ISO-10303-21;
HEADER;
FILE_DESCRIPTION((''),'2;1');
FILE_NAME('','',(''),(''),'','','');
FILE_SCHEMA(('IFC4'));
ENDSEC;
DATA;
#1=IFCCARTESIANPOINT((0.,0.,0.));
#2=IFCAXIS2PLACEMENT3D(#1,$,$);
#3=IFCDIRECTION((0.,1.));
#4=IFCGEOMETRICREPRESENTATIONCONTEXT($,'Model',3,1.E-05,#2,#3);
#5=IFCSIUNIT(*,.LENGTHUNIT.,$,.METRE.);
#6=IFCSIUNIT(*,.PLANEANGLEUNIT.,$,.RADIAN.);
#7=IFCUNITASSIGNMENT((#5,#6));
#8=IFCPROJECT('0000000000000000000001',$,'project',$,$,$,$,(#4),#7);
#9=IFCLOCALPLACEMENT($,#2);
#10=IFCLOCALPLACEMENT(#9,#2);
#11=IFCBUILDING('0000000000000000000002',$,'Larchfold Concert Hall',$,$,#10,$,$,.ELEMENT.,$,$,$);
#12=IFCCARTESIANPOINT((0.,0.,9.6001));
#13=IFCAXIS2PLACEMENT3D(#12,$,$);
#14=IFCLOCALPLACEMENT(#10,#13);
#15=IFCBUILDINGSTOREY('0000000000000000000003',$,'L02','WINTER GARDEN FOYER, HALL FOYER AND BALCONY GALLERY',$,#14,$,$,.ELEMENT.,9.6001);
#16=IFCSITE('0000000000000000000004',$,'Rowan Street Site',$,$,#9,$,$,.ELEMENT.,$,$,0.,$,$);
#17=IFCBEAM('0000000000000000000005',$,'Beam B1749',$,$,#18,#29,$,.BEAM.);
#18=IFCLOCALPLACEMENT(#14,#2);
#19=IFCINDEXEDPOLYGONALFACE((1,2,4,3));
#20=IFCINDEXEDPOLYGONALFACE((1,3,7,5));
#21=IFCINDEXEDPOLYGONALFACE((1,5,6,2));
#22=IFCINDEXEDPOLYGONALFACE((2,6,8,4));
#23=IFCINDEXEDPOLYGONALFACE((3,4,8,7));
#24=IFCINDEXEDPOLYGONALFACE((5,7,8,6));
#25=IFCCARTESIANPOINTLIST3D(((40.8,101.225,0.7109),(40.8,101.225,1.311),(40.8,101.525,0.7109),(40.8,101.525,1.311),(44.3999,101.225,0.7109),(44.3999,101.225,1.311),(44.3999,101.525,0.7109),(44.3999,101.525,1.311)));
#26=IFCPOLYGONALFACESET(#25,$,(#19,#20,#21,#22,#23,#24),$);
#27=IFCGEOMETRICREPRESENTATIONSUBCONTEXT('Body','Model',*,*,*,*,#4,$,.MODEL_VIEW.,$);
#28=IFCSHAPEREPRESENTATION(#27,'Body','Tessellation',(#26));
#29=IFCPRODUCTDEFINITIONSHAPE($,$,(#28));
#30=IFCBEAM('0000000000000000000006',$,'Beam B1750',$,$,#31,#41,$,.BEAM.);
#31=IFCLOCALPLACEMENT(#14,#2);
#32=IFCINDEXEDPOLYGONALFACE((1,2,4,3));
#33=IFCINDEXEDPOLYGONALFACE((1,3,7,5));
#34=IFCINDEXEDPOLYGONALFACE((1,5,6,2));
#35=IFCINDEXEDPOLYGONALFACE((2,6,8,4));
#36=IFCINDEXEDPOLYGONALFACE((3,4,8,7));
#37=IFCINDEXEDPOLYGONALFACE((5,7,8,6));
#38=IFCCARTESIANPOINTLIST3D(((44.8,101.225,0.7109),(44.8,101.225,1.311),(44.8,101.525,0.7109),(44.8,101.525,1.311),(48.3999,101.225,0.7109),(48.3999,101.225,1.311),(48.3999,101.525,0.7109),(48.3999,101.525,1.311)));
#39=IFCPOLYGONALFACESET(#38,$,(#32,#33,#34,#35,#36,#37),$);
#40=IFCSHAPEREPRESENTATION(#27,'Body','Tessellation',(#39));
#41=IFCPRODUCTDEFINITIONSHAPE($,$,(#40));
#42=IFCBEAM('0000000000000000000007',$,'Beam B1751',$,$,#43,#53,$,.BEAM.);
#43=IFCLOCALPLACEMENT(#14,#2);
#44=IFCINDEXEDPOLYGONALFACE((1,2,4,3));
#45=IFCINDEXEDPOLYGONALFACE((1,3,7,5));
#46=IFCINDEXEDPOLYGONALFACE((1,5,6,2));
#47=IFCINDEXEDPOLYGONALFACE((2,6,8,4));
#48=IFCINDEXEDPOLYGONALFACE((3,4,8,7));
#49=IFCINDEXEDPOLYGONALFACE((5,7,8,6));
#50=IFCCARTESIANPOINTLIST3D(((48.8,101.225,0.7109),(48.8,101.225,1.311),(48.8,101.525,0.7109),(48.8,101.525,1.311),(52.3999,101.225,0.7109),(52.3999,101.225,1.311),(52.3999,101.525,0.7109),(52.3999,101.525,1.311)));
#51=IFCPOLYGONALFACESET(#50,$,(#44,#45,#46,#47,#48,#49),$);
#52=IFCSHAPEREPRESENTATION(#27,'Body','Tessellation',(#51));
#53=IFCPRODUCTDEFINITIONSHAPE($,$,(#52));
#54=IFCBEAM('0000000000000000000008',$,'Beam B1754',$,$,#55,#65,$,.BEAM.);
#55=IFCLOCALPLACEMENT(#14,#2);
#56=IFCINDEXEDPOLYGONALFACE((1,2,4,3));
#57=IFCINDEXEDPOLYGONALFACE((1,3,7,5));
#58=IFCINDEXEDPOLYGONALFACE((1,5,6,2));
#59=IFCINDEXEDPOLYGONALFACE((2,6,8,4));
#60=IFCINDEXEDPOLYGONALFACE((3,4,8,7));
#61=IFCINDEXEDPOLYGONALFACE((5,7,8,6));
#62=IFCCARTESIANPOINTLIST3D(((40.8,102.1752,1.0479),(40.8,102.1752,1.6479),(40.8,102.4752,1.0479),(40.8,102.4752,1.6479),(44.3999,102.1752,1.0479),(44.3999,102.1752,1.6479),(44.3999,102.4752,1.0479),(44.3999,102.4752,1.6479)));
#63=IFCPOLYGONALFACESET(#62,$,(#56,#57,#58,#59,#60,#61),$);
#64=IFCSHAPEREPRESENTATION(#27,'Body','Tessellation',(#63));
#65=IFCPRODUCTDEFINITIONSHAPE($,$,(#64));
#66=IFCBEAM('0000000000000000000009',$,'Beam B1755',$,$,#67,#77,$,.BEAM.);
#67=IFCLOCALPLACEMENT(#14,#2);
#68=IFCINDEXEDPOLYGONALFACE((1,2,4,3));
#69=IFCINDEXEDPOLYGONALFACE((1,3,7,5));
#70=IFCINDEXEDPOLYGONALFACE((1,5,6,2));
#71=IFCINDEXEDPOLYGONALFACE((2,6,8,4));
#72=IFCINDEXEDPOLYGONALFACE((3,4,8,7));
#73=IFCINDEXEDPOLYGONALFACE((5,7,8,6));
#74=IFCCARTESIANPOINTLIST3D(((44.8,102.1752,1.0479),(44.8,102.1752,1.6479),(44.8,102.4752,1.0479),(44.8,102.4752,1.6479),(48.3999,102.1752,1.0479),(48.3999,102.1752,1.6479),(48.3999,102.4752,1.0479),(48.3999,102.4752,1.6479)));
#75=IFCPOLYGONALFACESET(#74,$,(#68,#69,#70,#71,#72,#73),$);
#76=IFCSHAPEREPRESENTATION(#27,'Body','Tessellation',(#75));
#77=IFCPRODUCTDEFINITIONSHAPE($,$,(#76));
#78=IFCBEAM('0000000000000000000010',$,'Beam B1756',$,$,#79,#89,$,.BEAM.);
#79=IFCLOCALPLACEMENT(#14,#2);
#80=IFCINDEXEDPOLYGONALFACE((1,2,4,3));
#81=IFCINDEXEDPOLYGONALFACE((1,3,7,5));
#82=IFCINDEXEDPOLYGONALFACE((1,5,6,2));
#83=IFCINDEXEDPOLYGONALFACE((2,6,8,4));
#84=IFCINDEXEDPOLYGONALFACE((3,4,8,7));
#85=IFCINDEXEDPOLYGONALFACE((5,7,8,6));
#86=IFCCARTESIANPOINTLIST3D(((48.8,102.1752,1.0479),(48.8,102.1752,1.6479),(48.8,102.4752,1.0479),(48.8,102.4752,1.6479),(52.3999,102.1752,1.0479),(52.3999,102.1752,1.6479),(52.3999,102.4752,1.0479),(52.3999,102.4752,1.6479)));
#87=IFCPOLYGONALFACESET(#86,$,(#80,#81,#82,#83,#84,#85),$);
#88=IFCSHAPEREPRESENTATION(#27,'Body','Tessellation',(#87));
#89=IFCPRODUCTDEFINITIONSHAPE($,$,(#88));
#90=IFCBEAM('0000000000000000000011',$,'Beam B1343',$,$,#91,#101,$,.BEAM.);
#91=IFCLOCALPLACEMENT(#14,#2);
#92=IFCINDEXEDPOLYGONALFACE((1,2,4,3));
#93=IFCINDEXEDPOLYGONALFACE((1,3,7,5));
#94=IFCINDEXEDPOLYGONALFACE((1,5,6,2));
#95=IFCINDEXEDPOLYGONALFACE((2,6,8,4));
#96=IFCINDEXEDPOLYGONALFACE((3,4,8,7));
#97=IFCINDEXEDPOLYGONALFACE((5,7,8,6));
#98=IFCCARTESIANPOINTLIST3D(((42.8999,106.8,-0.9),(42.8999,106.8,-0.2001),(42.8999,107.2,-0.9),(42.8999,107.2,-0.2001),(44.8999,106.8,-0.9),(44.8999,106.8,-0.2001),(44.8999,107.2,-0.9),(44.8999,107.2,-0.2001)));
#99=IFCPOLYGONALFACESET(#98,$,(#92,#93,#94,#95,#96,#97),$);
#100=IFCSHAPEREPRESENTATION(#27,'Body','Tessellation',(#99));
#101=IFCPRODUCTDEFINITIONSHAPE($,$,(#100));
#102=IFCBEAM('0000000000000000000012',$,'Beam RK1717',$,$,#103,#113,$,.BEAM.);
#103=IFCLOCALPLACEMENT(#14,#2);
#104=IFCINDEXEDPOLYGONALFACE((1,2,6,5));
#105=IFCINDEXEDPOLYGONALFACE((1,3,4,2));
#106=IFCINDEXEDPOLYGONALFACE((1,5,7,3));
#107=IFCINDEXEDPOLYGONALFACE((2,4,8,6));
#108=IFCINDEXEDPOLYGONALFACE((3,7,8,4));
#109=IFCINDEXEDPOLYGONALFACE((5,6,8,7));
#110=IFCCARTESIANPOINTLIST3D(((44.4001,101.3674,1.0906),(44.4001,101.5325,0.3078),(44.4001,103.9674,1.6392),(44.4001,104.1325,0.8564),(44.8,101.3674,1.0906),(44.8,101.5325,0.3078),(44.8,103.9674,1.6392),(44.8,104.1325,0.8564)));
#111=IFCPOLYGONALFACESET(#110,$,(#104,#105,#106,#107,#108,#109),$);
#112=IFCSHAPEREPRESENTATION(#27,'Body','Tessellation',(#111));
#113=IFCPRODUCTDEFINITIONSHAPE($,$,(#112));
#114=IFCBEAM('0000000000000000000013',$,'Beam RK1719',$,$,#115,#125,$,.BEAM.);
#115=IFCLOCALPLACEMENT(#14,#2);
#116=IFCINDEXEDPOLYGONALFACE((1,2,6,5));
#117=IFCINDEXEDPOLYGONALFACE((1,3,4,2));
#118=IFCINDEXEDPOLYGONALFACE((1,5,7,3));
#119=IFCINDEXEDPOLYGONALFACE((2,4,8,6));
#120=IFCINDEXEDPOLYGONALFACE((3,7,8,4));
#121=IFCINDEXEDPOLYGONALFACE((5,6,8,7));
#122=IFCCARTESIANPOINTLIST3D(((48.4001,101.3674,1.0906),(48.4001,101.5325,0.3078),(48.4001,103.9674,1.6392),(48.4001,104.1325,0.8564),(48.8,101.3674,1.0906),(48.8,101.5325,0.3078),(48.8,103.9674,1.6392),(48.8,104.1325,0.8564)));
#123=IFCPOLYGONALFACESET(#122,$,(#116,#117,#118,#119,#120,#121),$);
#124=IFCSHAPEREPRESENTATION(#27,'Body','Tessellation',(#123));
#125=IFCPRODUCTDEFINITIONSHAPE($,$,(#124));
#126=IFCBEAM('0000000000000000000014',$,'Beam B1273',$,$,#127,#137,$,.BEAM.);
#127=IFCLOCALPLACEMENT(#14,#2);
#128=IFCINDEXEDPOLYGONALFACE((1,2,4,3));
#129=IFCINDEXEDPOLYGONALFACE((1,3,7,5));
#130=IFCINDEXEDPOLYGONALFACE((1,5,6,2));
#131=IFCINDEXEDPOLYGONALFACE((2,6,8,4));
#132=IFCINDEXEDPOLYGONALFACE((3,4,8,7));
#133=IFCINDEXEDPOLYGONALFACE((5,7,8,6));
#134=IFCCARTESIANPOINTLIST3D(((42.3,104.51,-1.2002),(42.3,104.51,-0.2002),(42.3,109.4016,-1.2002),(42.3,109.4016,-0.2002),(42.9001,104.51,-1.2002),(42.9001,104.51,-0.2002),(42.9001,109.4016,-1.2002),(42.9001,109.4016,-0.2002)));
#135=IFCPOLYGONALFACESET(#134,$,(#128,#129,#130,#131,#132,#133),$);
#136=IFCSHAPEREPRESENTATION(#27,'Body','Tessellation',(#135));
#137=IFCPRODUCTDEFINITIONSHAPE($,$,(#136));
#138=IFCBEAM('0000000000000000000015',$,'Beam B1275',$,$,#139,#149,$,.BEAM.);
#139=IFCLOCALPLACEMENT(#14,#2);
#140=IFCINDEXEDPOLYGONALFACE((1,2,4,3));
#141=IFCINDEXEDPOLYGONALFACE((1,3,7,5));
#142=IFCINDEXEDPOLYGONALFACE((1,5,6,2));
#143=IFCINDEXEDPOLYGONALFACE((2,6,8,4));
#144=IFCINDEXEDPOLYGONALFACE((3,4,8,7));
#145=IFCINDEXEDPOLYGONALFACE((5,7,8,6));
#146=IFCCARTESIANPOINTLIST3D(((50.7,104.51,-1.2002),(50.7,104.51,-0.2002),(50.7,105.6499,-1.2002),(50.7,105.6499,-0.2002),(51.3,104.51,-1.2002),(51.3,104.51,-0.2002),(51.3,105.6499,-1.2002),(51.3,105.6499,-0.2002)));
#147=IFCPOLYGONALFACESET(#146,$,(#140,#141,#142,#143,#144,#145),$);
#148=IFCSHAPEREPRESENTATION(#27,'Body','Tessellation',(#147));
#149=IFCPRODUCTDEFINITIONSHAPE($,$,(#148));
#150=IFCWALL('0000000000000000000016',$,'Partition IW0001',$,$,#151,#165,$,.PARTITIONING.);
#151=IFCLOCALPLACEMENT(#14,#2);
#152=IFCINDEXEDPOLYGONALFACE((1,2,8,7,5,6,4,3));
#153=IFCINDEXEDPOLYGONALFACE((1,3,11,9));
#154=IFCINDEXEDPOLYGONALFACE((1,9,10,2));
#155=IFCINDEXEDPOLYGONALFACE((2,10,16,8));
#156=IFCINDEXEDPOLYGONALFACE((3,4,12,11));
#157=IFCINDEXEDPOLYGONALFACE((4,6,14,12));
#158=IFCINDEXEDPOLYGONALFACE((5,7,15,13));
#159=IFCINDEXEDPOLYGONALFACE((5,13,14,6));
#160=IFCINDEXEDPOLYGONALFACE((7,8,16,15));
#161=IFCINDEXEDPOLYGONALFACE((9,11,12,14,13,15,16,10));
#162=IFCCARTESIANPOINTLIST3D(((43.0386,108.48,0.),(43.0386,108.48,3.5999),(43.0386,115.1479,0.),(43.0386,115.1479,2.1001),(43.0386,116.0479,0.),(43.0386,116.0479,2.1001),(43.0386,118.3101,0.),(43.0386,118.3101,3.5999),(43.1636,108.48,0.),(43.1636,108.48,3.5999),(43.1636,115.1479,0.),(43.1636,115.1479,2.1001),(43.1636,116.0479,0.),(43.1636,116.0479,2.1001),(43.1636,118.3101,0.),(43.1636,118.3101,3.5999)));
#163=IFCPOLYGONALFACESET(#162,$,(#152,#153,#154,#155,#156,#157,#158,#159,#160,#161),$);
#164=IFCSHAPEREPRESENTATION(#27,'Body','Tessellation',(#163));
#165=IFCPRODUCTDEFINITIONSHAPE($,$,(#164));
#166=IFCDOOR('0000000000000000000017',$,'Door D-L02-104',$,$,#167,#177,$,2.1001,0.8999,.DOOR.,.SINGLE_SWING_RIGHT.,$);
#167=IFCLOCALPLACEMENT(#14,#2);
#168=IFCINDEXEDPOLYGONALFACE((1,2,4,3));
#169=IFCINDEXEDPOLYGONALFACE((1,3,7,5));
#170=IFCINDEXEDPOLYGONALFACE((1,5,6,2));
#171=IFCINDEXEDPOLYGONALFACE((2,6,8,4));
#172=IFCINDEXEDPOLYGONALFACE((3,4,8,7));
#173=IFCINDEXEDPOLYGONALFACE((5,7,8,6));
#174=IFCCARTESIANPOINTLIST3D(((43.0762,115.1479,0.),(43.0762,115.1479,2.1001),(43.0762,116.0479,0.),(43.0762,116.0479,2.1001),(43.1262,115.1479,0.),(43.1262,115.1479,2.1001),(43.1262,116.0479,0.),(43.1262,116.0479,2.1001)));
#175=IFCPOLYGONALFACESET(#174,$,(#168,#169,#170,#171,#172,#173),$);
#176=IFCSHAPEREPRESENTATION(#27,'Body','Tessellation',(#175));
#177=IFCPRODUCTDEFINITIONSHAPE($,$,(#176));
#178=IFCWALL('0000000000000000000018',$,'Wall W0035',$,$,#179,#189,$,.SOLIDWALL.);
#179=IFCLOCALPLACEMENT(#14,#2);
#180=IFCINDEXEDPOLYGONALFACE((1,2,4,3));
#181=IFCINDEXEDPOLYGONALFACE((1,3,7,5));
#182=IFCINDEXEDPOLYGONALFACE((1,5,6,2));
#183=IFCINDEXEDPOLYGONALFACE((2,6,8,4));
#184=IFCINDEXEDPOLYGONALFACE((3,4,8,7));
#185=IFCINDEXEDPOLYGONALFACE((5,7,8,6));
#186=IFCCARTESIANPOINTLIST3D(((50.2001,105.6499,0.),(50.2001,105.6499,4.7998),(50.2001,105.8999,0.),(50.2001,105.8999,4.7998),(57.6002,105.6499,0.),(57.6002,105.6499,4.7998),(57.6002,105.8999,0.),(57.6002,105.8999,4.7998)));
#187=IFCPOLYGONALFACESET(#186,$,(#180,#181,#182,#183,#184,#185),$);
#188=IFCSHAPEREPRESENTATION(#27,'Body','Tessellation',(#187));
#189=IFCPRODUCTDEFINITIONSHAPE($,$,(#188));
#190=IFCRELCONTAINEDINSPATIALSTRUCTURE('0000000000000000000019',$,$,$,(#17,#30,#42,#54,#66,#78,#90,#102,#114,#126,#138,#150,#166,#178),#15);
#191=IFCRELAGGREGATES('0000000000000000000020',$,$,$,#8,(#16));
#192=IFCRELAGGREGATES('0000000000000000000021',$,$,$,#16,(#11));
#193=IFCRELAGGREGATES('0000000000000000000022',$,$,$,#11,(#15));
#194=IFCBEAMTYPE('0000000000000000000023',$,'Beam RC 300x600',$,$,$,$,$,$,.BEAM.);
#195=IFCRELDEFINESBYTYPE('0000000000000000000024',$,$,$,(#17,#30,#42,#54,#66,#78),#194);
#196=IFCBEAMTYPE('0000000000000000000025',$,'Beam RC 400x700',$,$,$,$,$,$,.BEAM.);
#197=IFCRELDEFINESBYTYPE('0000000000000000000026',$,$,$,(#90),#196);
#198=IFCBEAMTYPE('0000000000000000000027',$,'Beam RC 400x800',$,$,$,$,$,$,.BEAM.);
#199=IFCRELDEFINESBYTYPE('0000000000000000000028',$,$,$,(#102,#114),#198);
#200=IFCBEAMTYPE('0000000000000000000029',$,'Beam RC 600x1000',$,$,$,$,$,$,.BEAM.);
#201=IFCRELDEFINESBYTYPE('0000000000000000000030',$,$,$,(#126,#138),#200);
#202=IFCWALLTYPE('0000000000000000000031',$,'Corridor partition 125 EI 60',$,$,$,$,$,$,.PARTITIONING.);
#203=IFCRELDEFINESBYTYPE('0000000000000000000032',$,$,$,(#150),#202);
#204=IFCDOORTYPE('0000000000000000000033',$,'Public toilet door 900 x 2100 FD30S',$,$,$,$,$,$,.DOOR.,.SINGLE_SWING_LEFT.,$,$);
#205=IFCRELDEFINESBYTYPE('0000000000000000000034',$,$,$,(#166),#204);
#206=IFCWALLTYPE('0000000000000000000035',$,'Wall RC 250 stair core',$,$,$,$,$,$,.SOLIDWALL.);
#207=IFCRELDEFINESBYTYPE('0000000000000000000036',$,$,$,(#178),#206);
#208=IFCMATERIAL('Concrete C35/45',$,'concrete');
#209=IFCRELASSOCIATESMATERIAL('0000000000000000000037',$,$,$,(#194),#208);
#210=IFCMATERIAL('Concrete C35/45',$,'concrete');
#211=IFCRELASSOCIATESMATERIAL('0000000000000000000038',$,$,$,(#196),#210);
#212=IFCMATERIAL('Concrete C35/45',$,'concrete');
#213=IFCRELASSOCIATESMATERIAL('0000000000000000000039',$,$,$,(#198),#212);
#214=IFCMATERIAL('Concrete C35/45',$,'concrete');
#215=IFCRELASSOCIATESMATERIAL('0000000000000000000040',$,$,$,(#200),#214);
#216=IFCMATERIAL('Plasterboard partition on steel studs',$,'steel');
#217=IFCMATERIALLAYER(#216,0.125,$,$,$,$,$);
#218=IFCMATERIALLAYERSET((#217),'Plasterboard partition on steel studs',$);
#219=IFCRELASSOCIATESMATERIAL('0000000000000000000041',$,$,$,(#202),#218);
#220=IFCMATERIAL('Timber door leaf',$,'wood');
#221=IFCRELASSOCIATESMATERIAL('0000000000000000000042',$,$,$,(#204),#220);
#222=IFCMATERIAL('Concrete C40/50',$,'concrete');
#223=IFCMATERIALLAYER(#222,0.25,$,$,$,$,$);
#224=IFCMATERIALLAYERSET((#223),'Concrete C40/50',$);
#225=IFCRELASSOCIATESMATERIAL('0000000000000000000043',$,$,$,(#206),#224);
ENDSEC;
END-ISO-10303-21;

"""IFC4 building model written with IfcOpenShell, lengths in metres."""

from ifc_helpers import new_model, si_unit, direction, frame, frame_2d, origin, origin_2d, place, context, subcontext, project, spatial, rectangle, extrude, material, layer, layer_set, material_profile, profile_set, type_object, element, fill, save


model = new_model("IFC4")

# Units and contexts
model_context = context("Model", 3, precision=1e-05, world=origin(), true_north=direction((0.0, 1.0)))
body_context = subcontext(model_context, "Body", "Model", "MODEL_VIEW")
ifc_project = project(units=[si_unit("LENGTHUNIT", "METRE"), si_unit("PLANEANGLEUNIT", "RADIAN")], contexts=[model_context])

# Site, building, storey
site_placement = place(None, origin())
site = spatial("IfcSite", under=ifc_project, at=site_placement, Name="Rowan Street Site", CompositionType="ELEMENT", RefElevation=0.0)
building_placement = place(site_placement, origin())
building = spatial("IfcBuilding", under=site, at=building_placement, Name="Larchfold Concert Hall", CompositionType="ELEMENT")
storey_placement = place(building_placement, frame((0.0, 0.0, 9.6001)))
storey = spatial("IfcBuildingStorey", under=building, at=storey_placement, Name="L02", Description="WINTER GARDEN FOYER, HALL FOYER AND BALCONY GALLERY", CompositionType="ELEMENT", Elevation=9.6001)

# Beams
ifc_material_1 = material(Name="Concrete C35/45", Category="concrete")
ifc_material_profile_1 = material_profile(ifc_material_1, rectangle(XDim=0.3, YDim=0.6001, at=origin_2d()))
ifc_profile_set_1 = profile_set([ifc_material_profile_1], Name="Concrete C35/45")
beam_type_1 = type_object("IfcBeamType", Name="Beam RC 300x600", PredefinedType="BEAM", material=ifc_profile_set_1)
for number, where, z_axis, x_axis, name in (
    (1, (40.8, 101.375, 1.011), (1.0, 0.0, 0.0), (0.0, 1.0, 0.0), "Beam B1749"),
    (2, (44.8, 101.375, 1.011), (1.0, 0.0, 0.0), (0.0, 1.0, 0.0), "Beam B1750"),
    (3, (48.8, 101.375, 1.011), (1.0, 0.0, 0.0), (0.0, 1.0, 0.0), "Beam B1751"),
    (4, (40.8, 102.3252, 1.3479), (1.0, 0.0, 0.0), (0.0, 1.0, 0.0), "Beam B1754"),
    (5, (44.8, 102.3252, 1.3479), (1.0, 0.0, 0.0), (0.0, 1.0, 0.0), "Beam B1755"),
    (6, (48.8, 102.3252, 1.3479), (1.0, 0.0, 0.0), (0.0, 1.0, 0.0), "Beam B1756"),
):
    element("IfcBeam", number, at=place(storey_placement, frame(where, z_axis=z_axis, x_axis=x_axis)), inside=storey, type_object=beam_type_1, Name=name, PredefinedType="BEAM", context=body_context, shape_type="SweptSolid", body=[
        extrude(rectangle(XDim=0.3, YDim=0.6001, at=origin_2d()), origin(), (0.0, 0.0, 1.0), 3.5999),
    ])
ifc_material_2 = material(Name="Concrete C35/45", Category="concrete")
ifc_material_profile_2 = material_profile(ifc_material_2, rectangle(XDim=0.3999, YDim=0.7, at=origin_2d()))
ifc_profile_set_2 = profile_set([ifc_material_profile_2], Name="Concrete C35/45")
beam_type_2 = type_object("IfcBeamType", Name="Beam RC 400x700", PredefinedType="BEAM", material=ifc_profile_set_2)
beam_1_placement = place(storey_placement, frame((42.8999, 107.0, -0.55), z_axis=(1.0, 0.0, 0.0), x_axis=(0.0, 1.0, 0.0)))
element("IfcBeam", 7, at=beam_1_placement, inside=storey, type_object=beam_type_2, Name="Beam B1343", PredefinedType="BEAM", context=body_context, shape_type="SweptSolid", body=[
    extrude(rectangle(XDim=0.3999, YDim=0.7, at=origin_2d()), origin(), (0.0, 0.0, 1.0), 2.0),
])
ifc_material_3 = material(Name="Concrete C35/45", Category="concrete")
ifc_material_profile_3 = material_profile(ifc_material_3, rectangle(XDim=0.3999, YDim=0.8, at=origin_2d()))
ifc_profile_set_3 = profile_set([ifc_material_profile_3], Name="Concrete C35/45")
beam_type_3 = type_object("IfcBeamType", Name="Beam RC 400x800", PredefinedType="BEAM", material=ifc_profile_set_3)
for number, where, z_axis, x_axis, name in (
    (8, (44.6001, 101.45, 0.6992), (0.0, 0.978459, 0.206441), (-1.0, 0.0, 0.0), "Beam RK1717"),
    (9, (48.6001, 101.45, 0.6992), (0.0, 0.978459, 0.206441), (-1.0, 0.0, 0.0), "Beam RK1719"),
):
    element("IfcBeam", number, at=place(storey_placement, frame(where, z_axis=z_axis, x_axis=x_axis)), inside=storey, type_object=beam_type_3, Name=name, PredefinedType="BEAM", context=body_context, shape_type="SweptSolid", body=[
        extrude(rectangle(XDim=0.3999, YDim=0.8, at=origin_2d()), origin(), (0.0, 0.0, 1.0), 2.6572),
    ])
ifc_material_4 = material(Name="Concrete C35/45", Category="concrete")
ifc_material_profile_4 = material_profile(ifc_material_4, rectangle(XDim=0.6001, YDim=1.0, at=origin_2d()))
ifc_profile_set_4 = profile_set([ifc_material_profile_4], Name="Concrete C35/45")
beam_type_4 = type_object("IfcBeamType", Name="Beam RC 600x1000", PredefinedType="BEAM", material=ifc_profile_set_4)
beam_2_placement = place(storey_placement, frame((42.6001, 104.51, -0.7002), z_axis=(0.0, 1.0, 0.0), x_axis=(-1.0, 0.0, 0.0)))
element("IfcBeam", 10, at=beam_2_placement, inside=storey, type_object=beam_type_4, Name="Beam B1273", PredefinedType="BEAM", context=body_context, shape_type="SweptSolid", body=[
    extrude(rectangle(XDim=0.6001, YDim=1.0, at=origin_2d()), origin(), (0.0, 0.0, 1.0), 4.8916),
])
beam_3_placement = place(storey_placement, frame((51.0, 104.51, -0.7002), z_axis=(0.0, 1.0, 0.0), x_axis=(-1.0, 0.0, 0.0)))
element("IfcBeam", 11, at=beam_3_placement, inside=storey, type_object=beam_type_4, Name="Beam B1275", PredefinedType="BEAM", context=body_context, shape_type="SweptSolid", body=[
    extrude(rectangle(XDim=0.6001, YDim=1.0, at=origin_2d()), origin(), (0.0, 0.0, 1.0), 1.1399),
])

# Wall, opening, door
ifc_material_5 = material(Name="Plasterboard partition on steel studs", Category="steel")
ifc_layer_1 = layer(ifc_material_5, 0.125)
ifc_layer_set_1 = layer_set([ifc_layer_1], Name="Plasterboard partition on steel studs")
wall_type_1 = type_object("IfcWallType", Name="Corridor partition 125 EI 60", PredefinedType="PARTITIONING", material=ifc_layer_set_1)
wall_1_placement = place(storey_placement, frame((43.1011, 108.48, 0.0), z_axis=(0.0, 0.0, 1.0), x_axis=(0.0, 1.0, 0.0)))
wall_1 = element("IfcWall", 12, at=wall_1_placement, inside=storey, type_object=wall_type_1, Name="Partition IW0001", PredefinedType="PARTITIONING", context=body_context, shape_type="SweptSolid", body=[
    extrude(rectangle(XDim=9.8301, YDim=0.125, at=frame_2d((4.915, 0.0))), origin(), (0.0, 0.0, 1.0), 3.5999),
])
opening_1_placement = place(wall_1_placement, frame((6.668, 0.0, 0.0)))
opening_1 = element("IfcOpeningElement", 13, at=opening_1_placement, cuts=wall_1, PredefinedType="OPENING", context=body_context, shape_type="SweptSolid", body=[
    extrude(rectangle(XDim=0.8999, YDim=2.1001, at=frame_2d((0.45, 1.05))), frame((0.0, 0.0725, 0.0), z_axis=(0.0, -1.0, 0.0), x_axis=(1.0, 0.0, 0.0)), (0.0, 0.0, 1.0), 0.145),
])
ifc_material_6 = material(Name="Timber door leaf", Category="wood")
door_type_1 = type_object("IfcDoorType", Name="Public toilet door 900 x 2100 FD30S", OperationType="SINGLE_SWING_LEFT", PredefinedType="DOOR", material=ifc_material_6)
door_1_placement = place(opening_1_placement, origin())
door_1 = element("IfcDoor", 14, at=door_1_placement, inside=storey, type_object=door_type_1, Name="Door D-L02-104", OperationType="SINGLE_SWING_RIGHT", OverallHeight=2.1001, OverallWidth=0.8999, PredefinedType="DOOR", context=body_context, shape_type="SweptSolid", body=[
    extrude(rectangle(XDim=0.8999, YDim=2.1001, at=frame_2d((0.45, 1.05))), frame((0.0, 0.0249, 0.0), z_axis=(0.0, -1.0, 0.0), x_axis=(1.0, 0.0, 0.0)), (0.0, 0.0, 1.0), 0.05),
])
fill(opening_1, door_1)

# Wall
ifc_material_7 = material(Name="Concrete C40/50", Category="concrete")
ifc_layer_2 = layer(ifc_material_7, 0.25)
ifc_layer_set_2 = layer_set([ifc_layer_2], Name="Concrete C40/50")
wall_type_2 = type_object("IfcWallType", Name="Wall RC 250 stair core", PredefinedType="SOLIDWALL", material=ifc_layer_set_2)
wall_2_placement = place(storey_placement, frame((50.2, 105.7749, 0.0), z_axis=(0.0, 0.0, 1.0), x_axis=(1.0, 0.0, 0.0)))
element("IfcWall", 15, at=wall_2_placement, inside=storey, type_object=wall_type_2, Name="Wall W0035", PredefinedType="SOLIDWALL", context=body_context, shape_type="SweptSolid", body=[
    extrude(rectangle(XDim=7.4001, YDim=0.25, at=frame_2d((3.7002, 0.0))), origin(), (0.0, 0.0, 1.0), 4.7998),
])

save(model, "model.ifc")
